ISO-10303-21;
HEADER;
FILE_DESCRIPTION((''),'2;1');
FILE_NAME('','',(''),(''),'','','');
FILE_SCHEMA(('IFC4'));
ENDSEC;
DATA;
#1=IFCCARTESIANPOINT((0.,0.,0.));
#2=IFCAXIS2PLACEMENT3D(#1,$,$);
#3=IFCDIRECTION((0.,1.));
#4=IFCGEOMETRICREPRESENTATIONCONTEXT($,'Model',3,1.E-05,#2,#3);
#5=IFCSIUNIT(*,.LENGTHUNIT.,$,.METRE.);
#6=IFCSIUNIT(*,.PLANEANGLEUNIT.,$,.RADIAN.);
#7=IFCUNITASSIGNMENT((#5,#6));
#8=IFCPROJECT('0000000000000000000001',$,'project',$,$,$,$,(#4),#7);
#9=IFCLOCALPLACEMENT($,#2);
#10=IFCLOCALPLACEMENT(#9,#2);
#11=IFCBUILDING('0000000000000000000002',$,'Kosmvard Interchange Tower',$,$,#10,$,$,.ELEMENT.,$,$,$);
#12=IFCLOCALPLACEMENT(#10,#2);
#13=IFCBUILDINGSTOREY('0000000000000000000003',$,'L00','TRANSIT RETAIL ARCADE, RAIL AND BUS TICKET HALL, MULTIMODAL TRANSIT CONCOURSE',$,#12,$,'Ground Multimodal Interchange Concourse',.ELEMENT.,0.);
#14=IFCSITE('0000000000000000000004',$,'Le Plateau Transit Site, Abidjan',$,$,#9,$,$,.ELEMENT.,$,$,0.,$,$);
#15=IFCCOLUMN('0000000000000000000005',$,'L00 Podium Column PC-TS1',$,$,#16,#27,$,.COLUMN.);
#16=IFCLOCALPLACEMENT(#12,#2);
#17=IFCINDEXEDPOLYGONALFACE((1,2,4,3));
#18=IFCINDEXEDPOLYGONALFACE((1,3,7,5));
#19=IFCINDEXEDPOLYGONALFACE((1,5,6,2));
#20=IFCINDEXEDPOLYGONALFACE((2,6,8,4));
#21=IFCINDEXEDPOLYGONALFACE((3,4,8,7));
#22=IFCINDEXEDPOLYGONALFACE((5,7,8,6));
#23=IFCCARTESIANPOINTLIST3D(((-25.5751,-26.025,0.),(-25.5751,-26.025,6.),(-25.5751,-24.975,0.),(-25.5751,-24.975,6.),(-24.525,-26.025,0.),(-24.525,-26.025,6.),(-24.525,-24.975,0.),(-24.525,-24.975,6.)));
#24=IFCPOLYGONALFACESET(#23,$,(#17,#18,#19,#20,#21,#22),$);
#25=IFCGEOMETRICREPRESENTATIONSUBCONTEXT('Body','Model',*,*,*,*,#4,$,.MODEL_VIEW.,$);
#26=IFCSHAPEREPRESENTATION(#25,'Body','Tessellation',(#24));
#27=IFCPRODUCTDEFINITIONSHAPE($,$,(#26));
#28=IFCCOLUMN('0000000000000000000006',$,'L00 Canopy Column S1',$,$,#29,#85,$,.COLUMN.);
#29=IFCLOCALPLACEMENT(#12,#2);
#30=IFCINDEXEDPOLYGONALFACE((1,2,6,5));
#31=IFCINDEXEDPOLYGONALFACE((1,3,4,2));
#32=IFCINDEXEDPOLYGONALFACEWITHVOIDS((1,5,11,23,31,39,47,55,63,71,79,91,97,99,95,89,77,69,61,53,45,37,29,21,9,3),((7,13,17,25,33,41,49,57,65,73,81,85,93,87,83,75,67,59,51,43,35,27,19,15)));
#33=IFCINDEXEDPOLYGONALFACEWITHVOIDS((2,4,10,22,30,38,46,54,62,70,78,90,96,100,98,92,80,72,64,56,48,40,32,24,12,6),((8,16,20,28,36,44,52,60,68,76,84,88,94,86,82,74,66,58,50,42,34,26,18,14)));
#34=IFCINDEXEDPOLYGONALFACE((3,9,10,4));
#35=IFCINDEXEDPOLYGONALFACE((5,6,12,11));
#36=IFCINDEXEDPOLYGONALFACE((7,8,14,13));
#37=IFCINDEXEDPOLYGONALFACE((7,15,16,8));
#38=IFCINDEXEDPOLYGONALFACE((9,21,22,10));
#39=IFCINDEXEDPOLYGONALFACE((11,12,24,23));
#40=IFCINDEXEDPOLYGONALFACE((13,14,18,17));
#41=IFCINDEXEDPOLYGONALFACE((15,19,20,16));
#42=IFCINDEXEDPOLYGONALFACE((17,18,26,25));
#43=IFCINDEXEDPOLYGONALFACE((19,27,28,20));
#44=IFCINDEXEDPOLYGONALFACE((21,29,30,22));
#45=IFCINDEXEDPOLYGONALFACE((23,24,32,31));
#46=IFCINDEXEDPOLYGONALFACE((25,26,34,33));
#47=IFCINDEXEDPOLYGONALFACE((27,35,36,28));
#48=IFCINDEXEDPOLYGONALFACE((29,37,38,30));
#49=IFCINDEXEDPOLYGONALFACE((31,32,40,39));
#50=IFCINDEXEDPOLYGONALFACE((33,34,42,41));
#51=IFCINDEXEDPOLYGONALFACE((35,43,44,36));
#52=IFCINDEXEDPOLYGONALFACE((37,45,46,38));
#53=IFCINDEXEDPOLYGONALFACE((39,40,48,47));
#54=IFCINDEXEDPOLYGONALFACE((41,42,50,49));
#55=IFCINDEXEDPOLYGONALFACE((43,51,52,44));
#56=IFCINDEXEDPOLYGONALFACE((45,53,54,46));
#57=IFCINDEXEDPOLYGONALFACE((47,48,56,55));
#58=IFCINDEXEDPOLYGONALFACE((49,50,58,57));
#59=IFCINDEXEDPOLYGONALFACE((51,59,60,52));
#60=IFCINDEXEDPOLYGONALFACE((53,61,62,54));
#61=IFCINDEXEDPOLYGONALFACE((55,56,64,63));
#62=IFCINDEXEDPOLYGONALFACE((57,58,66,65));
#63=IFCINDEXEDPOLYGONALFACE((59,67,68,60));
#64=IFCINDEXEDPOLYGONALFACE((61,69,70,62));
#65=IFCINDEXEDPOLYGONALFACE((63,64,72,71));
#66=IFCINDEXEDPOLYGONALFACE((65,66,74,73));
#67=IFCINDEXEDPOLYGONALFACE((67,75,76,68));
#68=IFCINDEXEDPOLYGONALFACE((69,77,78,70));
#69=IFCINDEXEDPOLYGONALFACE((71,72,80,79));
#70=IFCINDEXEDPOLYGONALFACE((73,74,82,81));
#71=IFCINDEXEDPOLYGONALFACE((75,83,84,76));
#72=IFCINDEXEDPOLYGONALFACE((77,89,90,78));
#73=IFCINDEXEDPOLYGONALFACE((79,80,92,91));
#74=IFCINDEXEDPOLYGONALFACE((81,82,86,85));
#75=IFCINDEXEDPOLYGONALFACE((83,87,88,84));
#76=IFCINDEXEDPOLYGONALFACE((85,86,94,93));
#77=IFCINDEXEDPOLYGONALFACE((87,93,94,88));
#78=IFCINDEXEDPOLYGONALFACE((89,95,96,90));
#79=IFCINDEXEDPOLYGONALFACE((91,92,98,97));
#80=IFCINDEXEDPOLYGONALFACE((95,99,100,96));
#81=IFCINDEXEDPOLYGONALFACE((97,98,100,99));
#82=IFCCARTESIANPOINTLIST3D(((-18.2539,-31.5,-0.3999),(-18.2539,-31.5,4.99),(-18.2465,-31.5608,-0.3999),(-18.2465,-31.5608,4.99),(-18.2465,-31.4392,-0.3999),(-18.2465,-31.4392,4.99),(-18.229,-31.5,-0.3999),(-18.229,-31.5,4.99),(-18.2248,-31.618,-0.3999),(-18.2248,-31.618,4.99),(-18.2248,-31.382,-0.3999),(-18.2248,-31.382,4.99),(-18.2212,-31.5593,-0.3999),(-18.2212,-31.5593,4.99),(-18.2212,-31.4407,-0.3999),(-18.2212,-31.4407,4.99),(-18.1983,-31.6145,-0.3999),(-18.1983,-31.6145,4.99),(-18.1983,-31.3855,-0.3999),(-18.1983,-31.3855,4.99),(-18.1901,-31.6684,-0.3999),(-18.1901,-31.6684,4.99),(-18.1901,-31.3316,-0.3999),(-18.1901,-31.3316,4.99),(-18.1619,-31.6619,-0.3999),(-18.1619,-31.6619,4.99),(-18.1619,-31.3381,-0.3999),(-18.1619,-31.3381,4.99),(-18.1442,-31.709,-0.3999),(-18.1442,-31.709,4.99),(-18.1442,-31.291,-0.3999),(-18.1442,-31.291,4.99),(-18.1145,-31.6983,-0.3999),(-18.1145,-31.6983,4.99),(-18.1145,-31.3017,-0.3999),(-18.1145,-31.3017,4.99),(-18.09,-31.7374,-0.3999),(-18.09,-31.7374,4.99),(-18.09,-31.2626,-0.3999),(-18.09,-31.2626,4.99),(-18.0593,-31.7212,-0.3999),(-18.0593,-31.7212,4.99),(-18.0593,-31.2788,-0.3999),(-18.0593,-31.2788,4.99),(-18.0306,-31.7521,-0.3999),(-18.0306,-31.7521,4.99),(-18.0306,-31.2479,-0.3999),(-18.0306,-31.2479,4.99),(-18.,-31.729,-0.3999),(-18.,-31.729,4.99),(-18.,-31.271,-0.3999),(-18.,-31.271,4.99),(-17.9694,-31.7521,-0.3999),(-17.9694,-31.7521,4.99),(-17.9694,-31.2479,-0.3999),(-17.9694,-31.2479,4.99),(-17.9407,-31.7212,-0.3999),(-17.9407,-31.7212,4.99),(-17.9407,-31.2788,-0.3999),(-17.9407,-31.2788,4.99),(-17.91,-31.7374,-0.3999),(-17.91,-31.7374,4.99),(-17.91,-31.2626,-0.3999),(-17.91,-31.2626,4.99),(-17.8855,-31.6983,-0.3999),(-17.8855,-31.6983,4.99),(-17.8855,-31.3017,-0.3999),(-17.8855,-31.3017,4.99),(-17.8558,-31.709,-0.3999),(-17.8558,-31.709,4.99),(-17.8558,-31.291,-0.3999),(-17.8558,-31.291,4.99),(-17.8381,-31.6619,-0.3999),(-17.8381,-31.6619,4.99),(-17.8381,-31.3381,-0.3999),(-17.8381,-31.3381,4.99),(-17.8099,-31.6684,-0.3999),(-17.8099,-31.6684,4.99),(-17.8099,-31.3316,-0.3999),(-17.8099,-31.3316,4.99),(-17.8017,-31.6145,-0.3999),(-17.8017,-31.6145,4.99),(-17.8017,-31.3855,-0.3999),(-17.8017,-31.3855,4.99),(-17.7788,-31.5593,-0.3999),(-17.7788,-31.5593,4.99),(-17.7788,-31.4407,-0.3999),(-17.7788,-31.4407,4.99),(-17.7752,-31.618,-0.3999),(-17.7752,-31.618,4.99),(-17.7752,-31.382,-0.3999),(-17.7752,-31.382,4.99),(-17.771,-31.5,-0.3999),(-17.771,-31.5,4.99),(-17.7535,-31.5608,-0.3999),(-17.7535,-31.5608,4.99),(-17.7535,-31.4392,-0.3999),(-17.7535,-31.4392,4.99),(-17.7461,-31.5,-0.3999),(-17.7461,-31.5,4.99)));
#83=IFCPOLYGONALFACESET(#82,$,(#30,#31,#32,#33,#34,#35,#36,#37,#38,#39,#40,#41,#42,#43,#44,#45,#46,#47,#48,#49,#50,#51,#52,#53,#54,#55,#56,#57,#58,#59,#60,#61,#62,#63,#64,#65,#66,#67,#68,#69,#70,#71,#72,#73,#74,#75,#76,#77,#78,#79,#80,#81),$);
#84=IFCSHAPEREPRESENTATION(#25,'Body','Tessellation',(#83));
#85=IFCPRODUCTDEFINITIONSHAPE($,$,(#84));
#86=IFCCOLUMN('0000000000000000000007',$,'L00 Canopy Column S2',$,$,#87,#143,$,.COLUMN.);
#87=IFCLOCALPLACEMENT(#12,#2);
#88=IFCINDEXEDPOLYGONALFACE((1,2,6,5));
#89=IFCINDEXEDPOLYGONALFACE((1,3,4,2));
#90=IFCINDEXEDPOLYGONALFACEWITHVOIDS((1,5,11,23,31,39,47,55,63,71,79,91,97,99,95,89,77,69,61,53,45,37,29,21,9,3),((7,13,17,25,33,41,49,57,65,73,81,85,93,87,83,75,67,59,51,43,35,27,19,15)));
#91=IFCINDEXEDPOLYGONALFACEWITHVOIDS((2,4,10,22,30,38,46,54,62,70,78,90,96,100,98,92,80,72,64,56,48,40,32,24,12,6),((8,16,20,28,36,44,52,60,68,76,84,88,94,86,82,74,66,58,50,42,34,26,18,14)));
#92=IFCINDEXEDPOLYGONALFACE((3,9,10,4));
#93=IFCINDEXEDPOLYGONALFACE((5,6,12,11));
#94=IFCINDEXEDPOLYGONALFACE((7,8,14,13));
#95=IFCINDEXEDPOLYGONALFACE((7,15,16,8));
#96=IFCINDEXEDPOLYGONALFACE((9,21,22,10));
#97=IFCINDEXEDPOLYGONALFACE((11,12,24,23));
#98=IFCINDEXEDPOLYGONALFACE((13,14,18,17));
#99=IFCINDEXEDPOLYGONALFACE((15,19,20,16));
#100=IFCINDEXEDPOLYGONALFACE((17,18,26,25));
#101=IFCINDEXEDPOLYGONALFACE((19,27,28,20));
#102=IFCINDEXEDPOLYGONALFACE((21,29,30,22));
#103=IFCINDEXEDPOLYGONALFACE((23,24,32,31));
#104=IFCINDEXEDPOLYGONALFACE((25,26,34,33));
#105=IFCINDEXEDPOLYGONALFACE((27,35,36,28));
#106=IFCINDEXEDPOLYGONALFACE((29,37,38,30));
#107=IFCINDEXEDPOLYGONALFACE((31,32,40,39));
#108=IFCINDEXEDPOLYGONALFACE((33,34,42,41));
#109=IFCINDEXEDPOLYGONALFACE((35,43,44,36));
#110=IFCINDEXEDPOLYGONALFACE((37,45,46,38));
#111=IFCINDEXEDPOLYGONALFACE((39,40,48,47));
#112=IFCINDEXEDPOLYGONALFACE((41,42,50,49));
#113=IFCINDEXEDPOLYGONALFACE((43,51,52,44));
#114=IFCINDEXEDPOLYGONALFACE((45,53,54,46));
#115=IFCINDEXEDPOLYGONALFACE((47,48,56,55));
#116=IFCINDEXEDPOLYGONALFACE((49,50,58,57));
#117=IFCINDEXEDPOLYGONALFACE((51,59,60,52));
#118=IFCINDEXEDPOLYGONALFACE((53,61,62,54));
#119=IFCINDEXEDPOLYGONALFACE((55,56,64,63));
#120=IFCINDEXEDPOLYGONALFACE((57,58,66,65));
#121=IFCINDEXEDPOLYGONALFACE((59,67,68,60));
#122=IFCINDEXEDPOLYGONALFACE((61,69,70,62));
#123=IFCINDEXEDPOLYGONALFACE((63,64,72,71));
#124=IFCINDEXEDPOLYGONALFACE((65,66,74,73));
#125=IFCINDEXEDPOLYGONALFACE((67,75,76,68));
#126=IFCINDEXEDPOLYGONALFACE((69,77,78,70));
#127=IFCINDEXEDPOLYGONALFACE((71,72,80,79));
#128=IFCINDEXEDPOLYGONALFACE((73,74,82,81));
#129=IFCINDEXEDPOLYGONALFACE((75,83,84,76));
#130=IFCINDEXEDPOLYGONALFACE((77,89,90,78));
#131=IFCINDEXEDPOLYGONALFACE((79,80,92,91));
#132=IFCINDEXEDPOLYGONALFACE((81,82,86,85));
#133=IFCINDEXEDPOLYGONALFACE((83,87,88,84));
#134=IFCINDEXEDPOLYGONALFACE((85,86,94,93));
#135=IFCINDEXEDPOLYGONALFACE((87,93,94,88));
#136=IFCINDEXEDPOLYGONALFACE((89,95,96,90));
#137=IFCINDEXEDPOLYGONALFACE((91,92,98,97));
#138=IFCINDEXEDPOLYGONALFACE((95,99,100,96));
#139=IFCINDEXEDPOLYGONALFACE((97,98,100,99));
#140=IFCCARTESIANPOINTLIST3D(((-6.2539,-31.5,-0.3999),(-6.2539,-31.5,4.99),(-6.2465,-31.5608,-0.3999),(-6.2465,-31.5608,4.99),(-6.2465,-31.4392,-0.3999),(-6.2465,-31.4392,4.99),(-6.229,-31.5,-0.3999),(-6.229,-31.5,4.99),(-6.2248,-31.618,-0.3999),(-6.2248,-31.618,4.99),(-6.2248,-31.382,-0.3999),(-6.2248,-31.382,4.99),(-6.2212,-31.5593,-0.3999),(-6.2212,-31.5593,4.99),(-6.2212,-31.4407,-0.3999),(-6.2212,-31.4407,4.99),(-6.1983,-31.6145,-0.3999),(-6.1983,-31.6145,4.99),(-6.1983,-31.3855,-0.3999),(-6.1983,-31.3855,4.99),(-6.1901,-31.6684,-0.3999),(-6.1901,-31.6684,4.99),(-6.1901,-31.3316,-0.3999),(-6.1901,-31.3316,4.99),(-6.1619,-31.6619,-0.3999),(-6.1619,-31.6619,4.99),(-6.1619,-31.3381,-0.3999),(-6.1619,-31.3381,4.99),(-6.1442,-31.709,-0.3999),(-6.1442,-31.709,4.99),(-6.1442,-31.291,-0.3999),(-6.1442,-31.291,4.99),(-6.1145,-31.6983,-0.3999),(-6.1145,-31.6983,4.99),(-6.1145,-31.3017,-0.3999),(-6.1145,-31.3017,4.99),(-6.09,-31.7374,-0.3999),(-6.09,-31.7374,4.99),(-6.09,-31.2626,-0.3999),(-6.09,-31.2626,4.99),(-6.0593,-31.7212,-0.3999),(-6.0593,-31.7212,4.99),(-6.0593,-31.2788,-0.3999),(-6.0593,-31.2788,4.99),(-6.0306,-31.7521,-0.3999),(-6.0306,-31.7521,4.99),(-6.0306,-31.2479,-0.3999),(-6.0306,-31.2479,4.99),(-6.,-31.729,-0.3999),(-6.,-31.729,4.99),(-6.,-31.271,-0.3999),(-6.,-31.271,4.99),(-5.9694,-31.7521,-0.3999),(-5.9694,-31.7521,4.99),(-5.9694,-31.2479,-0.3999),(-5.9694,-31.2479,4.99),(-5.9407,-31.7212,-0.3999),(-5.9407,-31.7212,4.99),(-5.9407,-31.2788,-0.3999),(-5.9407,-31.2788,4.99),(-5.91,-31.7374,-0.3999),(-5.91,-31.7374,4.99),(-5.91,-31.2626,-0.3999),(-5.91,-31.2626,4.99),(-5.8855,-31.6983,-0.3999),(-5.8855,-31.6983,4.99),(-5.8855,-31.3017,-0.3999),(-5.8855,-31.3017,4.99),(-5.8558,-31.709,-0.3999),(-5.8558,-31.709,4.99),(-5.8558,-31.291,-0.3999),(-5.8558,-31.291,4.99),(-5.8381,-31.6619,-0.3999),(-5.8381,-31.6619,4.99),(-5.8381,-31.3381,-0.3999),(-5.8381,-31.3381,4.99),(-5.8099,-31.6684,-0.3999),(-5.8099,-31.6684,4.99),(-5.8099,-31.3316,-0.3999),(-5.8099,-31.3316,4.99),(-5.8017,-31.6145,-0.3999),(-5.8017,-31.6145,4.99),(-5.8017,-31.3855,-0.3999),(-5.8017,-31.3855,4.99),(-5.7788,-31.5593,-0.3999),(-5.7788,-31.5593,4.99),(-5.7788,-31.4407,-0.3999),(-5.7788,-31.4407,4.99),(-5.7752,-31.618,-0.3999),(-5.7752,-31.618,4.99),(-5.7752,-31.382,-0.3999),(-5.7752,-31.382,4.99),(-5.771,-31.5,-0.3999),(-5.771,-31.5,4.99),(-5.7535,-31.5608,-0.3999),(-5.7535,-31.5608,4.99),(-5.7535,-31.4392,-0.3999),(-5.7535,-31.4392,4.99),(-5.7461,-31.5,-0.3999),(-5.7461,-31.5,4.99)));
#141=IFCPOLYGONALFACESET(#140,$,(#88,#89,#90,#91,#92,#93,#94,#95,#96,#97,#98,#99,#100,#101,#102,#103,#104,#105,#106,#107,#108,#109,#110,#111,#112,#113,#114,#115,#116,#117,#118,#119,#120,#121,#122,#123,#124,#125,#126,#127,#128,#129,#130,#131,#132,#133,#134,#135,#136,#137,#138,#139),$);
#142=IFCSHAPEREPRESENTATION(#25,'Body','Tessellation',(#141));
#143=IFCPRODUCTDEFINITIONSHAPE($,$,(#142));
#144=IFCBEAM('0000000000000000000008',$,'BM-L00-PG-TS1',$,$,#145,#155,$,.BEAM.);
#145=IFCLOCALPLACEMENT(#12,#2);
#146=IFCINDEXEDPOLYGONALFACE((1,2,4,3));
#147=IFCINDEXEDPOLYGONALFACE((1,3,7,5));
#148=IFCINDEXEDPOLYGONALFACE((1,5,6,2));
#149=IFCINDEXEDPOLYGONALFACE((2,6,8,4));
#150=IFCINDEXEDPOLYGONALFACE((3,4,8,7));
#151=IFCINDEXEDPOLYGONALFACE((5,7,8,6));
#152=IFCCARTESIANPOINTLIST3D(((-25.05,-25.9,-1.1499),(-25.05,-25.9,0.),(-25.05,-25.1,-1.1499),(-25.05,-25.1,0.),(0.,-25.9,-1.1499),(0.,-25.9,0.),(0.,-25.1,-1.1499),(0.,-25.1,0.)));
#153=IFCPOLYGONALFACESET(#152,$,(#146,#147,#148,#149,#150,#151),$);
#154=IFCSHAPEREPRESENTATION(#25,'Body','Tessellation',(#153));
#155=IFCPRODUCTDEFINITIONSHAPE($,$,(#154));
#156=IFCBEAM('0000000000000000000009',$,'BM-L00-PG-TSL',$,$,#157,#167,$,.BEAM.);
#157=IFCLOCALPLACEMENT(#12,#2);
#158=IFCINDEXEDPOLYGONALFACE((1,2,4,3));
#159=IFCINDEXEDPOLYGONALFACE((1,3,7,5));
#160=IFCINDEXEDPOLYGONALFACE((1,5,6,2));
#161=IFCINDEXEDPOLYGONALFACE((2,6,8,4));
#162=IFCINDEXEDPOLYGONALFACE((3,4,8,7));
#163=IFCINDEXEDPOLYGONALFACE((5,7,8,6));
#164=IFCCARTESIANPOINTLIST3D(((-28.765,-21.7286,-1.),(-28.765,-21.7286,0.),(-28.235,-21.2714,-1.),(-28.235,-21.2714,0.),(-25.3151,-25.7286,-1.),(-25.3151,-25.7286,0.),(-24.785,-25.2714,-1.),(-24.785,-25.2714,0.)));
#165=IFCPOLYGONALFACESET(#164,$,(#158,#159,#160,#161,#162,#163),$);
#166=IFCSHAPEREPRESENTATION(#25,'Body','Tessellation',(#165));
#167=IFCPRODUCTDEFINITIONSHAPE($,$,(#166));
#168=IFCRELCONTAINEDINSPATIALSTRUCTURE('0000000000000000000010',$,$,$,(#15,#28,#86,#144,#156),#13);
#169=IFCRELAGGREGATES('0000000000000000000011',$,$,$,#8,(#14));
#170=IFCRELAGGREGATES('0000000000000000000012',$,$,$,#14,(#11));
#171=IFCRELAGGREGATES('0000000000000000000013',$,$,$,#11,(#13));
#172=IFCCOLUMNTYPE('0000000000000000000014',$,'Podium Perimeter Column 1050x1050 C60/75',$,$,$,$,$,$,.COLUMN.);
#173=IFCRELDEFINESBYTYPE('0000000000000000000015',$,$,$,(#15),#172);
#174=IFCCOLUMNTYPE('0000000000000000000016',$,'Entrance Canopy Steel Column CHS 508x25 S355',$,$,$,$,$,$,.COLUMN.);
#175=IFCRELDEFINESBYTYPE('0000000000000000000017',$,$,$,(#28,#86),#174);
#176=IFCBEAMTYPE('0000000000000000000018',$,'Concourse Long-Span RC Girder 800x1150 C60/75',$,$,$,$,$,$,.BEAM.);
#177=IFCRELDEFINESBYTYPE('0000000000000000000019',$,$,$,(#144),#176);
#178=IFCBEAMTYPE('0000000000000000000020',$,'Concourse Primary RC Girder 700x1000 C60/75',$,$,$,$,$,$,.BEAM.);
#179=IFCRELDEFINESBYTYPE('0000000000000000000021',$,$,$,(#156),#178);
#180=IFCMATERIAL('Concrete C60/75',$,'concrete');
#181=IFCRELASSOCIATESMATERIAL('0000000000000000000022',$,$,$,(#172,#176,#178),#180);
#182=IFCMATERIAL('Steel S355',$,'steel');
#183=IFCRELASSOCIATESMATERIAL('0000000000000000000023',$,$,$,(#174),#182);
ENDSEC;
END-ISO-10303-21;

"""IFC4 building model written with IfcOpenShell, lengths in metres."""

from ifc_helpers import new_model, si_unit, direction, frame, origin, origin_2d, place, context, subcontext, project, spatial, rectangle, hollow_circle, extrude, source, transform, mapped, material, material_profile, profile_set, type_object, element, save


model = new_model("IFC4")

# Units and contexts
model_context = context("Model", 3, precision=1e-05, world=origin(), true_north=direction((0.0, 1.0)))
body_context = subcontext(model_context, "Body", "Model", "MODEL_VIEW")
ifc_project = project(units=[si_unit("LENGTHUNIT", "METRE"), si_unit("PLANEANGLEUNIT", "RADIAN")], contexts=[model_context])

# Site, building, storey
site_placement = place(None, origin())
site = spatial("IfcSite", under=ifc_project, at=site_placement, Name="Le Plateau Transit Site, Abidjan", CompositionType="ELEMENT", RefElevation=0.0)
building_placement = place(site_placement, origin())
building = spatial("IfcBuilding", under=site, at=building_placement, Name="Kosmvard Interchange Tower", CompositionType="ELEMENT")
storey_placement = place(building_placement, origin())
storey = spatial("IfcBuildingStorey", under=building, at=storey_placement, Name="L00", Description="TRANSIT RETAIL ARCADE, RAIL AND BUS TICKET HALL, MULTIMODAL TRANSIT CONCOURSE", LongName="Ground Multimodal Interchange Concourse", CompositionType="ELEMENT", Elevation=0.0)

# Columns
ifc_material_1 = material(Name="Concrete C60/75", Category="concrete")
ifc_material_profile_1 = material_profile(ifc_material_1, rectangle(XDim=1.05, YDim=1.05, at=origin_2d()), Name="PC 1050x1050")
ifc_profile_set_1 = profile_set([ifc_material_profile_1], Name="Concrete C60/75")
column_type_1 = type_object("IfcColumnType", Name="Podium Perimeter Column 1050x1050 C60/75", PredefinedType="COLUMN", material=ifc_profile_set_1)
shared_shape_1 = source(origin(), body_context, "Body", "SweptSolid", [
    extrude(rectangle(XDim=1.05, YDim=1.05, at=origin_2d()), origin(), (0.0, 0.0, 1.0), 6.0),
])
column_placement = place(storey_placement, frame((-25.05, -25.5, 0.0), z_axis=(0.0, 0.0, 1.0), x_axis=(1.0, 0.0, 0.0)))
element("IfcColumn", 1, at=column_placement, inside=storey, type_object=column_type_1, Name="L00 Podium Column PC-TS1", PredefinedType="COLUMN", context=body_context, shape_type="MappedRepresentation", body=[
    mapped(shared_shape_1, transform((0.0, 0.0, 0.0), scale=1.0)),
])
ifc_material_2 = material(Name="Steel S355", Category="steel")
ifc_material_profile_2 = material_profile(ifc_material_2, hollow_circle(Radius=0.2539, WallThickness=0.0249, at=origin_2d()), Name="CHS 508x25")
ifc_profile_set_2 = profile_set([ifc_material_profile_2], Name="Steel S355")
column_type_2 = type_object("IfcColumnType", Name="Entrance Canopy Steel Column CHS 508x25 S355", PredefinedType="COLUMN", material=ifc_profile_set_2)
shared_shape_2 = source(origin(), body_context, "Body", "SweptSolid", [
    extrude(hollow_circle(Radius=0.2539, WallThickness=0.0249, at=origin_2d()), origin(), (0.0, 0.0, 1.0), 5.3899),
])
for number, where, z_axis, x_axis, name in (
    (2, (-18.0, -31.5, -0.3999), (0.0, 0.0, 1.0), (1.0, 0.0, 0.0), "L00 Canopy Column S1"),
    (3, (-6.0, -31.5, -0.3999), (0.0, 0.0, 1.0), (1.0, 0.0, 0.0), "L00 Canopy Column S2"),
):
    element("IfcColumn", number, at=place(storey_placement, frame(where, z_axis=z_axis, x_axis=x_axis)), inside=storey, type_object=column_type_2, Name=name, PredefinedType="COLUMN", context=body_context, shape_type="MappedRepresentation", body=[
        mapped(shared_shape_2, transform((0.0, 0.0, 0.0), scale=1.0)),
    ])

# Beams
ifc_material_profile_3 = material_profile(ifc_material_1, rectangle(XDim=0.8, YDim=1.1499, at=origin_2d()), Name="RCG 800x1150")
ifc_profile_set_3 = profile_set([ifc_material_profile_3], Name="Concrete C60/75")
beam_type_1 = type_object("IfcBeamType", Name="Concourse Long-Span RC Girder 800x1150 C60/75", PredefinedType="BEAM", material=ifc_profile_set_3)
shared_shape_3 = source(origin(), body_context, "Body", "SweptSolid", [
    extrude(rectangle(XDim=0.8, YDim=1.1499, at=origin_2d()), origin(), (0.0, 0.0, 1.0), 25.05),
])
beam_1_placement = place(storey_placement, frame((-25.05, -25.5, -0.575), z_axis=(1.0, 0.0, 0.0), x_axis=(0.0, 1.0, 0.0)))
element("IfcBeam", 4, at=beam_1_placement, inside=storey, type_object=beam_type_1, Name="BM-L00-PG-TS1", PredefinedType="BEAM", context=body_context, shape_type="MappedRepresentation", body=[
    mapped(shared_shape_3, transform((0.0, 0.0, 0.0), scale=1.0)),
])
ifc_material_profile_4 = material_profile(ifc_material_1, rectangle(XDim=0.7, YDim=1.0, at=origin_2d()), Name="RCG 700x1000")
ifc_profile_set_4 = profile_set([ifc_material_profile_4], Name="Concrete C60/75")
beam_type_2 = type_object("IfcBeamType", Name="Concourse Primary RC Girder 700x1000 C60/75", PredefinedType="BEAM", material=ifc_profile_set_4)
shared_shape_4 = source(origin(), body_context, "Body", "SweptSolid", [
    extrude(rectangle(XDim=0.7, YDim=1.0, at=origin_2d()), origin(), (0.0, 0.0, 1.0), 5.2822),
])
beam_2_placement = place(storey_placement, frame((-25.05, -25.5, -0.5), z_axis=(-0.653122, 0.757253, 0.0), x_axis=(-0.757253, -0.653122, 0.0)))
element("IfcBeam", 5, at=beam_2_placement, inside=storey, type_object=beam_type_2, Name="BM-L00-PG-TSL", PredefinedType="BEAM", context=body_context, shape_type="MappedRepresentation", body=[
    mapped(shared_shape_4, transform((0.0, 0.0, 0.0), scale=1.0)),
])

save(model, "model.ifc")
